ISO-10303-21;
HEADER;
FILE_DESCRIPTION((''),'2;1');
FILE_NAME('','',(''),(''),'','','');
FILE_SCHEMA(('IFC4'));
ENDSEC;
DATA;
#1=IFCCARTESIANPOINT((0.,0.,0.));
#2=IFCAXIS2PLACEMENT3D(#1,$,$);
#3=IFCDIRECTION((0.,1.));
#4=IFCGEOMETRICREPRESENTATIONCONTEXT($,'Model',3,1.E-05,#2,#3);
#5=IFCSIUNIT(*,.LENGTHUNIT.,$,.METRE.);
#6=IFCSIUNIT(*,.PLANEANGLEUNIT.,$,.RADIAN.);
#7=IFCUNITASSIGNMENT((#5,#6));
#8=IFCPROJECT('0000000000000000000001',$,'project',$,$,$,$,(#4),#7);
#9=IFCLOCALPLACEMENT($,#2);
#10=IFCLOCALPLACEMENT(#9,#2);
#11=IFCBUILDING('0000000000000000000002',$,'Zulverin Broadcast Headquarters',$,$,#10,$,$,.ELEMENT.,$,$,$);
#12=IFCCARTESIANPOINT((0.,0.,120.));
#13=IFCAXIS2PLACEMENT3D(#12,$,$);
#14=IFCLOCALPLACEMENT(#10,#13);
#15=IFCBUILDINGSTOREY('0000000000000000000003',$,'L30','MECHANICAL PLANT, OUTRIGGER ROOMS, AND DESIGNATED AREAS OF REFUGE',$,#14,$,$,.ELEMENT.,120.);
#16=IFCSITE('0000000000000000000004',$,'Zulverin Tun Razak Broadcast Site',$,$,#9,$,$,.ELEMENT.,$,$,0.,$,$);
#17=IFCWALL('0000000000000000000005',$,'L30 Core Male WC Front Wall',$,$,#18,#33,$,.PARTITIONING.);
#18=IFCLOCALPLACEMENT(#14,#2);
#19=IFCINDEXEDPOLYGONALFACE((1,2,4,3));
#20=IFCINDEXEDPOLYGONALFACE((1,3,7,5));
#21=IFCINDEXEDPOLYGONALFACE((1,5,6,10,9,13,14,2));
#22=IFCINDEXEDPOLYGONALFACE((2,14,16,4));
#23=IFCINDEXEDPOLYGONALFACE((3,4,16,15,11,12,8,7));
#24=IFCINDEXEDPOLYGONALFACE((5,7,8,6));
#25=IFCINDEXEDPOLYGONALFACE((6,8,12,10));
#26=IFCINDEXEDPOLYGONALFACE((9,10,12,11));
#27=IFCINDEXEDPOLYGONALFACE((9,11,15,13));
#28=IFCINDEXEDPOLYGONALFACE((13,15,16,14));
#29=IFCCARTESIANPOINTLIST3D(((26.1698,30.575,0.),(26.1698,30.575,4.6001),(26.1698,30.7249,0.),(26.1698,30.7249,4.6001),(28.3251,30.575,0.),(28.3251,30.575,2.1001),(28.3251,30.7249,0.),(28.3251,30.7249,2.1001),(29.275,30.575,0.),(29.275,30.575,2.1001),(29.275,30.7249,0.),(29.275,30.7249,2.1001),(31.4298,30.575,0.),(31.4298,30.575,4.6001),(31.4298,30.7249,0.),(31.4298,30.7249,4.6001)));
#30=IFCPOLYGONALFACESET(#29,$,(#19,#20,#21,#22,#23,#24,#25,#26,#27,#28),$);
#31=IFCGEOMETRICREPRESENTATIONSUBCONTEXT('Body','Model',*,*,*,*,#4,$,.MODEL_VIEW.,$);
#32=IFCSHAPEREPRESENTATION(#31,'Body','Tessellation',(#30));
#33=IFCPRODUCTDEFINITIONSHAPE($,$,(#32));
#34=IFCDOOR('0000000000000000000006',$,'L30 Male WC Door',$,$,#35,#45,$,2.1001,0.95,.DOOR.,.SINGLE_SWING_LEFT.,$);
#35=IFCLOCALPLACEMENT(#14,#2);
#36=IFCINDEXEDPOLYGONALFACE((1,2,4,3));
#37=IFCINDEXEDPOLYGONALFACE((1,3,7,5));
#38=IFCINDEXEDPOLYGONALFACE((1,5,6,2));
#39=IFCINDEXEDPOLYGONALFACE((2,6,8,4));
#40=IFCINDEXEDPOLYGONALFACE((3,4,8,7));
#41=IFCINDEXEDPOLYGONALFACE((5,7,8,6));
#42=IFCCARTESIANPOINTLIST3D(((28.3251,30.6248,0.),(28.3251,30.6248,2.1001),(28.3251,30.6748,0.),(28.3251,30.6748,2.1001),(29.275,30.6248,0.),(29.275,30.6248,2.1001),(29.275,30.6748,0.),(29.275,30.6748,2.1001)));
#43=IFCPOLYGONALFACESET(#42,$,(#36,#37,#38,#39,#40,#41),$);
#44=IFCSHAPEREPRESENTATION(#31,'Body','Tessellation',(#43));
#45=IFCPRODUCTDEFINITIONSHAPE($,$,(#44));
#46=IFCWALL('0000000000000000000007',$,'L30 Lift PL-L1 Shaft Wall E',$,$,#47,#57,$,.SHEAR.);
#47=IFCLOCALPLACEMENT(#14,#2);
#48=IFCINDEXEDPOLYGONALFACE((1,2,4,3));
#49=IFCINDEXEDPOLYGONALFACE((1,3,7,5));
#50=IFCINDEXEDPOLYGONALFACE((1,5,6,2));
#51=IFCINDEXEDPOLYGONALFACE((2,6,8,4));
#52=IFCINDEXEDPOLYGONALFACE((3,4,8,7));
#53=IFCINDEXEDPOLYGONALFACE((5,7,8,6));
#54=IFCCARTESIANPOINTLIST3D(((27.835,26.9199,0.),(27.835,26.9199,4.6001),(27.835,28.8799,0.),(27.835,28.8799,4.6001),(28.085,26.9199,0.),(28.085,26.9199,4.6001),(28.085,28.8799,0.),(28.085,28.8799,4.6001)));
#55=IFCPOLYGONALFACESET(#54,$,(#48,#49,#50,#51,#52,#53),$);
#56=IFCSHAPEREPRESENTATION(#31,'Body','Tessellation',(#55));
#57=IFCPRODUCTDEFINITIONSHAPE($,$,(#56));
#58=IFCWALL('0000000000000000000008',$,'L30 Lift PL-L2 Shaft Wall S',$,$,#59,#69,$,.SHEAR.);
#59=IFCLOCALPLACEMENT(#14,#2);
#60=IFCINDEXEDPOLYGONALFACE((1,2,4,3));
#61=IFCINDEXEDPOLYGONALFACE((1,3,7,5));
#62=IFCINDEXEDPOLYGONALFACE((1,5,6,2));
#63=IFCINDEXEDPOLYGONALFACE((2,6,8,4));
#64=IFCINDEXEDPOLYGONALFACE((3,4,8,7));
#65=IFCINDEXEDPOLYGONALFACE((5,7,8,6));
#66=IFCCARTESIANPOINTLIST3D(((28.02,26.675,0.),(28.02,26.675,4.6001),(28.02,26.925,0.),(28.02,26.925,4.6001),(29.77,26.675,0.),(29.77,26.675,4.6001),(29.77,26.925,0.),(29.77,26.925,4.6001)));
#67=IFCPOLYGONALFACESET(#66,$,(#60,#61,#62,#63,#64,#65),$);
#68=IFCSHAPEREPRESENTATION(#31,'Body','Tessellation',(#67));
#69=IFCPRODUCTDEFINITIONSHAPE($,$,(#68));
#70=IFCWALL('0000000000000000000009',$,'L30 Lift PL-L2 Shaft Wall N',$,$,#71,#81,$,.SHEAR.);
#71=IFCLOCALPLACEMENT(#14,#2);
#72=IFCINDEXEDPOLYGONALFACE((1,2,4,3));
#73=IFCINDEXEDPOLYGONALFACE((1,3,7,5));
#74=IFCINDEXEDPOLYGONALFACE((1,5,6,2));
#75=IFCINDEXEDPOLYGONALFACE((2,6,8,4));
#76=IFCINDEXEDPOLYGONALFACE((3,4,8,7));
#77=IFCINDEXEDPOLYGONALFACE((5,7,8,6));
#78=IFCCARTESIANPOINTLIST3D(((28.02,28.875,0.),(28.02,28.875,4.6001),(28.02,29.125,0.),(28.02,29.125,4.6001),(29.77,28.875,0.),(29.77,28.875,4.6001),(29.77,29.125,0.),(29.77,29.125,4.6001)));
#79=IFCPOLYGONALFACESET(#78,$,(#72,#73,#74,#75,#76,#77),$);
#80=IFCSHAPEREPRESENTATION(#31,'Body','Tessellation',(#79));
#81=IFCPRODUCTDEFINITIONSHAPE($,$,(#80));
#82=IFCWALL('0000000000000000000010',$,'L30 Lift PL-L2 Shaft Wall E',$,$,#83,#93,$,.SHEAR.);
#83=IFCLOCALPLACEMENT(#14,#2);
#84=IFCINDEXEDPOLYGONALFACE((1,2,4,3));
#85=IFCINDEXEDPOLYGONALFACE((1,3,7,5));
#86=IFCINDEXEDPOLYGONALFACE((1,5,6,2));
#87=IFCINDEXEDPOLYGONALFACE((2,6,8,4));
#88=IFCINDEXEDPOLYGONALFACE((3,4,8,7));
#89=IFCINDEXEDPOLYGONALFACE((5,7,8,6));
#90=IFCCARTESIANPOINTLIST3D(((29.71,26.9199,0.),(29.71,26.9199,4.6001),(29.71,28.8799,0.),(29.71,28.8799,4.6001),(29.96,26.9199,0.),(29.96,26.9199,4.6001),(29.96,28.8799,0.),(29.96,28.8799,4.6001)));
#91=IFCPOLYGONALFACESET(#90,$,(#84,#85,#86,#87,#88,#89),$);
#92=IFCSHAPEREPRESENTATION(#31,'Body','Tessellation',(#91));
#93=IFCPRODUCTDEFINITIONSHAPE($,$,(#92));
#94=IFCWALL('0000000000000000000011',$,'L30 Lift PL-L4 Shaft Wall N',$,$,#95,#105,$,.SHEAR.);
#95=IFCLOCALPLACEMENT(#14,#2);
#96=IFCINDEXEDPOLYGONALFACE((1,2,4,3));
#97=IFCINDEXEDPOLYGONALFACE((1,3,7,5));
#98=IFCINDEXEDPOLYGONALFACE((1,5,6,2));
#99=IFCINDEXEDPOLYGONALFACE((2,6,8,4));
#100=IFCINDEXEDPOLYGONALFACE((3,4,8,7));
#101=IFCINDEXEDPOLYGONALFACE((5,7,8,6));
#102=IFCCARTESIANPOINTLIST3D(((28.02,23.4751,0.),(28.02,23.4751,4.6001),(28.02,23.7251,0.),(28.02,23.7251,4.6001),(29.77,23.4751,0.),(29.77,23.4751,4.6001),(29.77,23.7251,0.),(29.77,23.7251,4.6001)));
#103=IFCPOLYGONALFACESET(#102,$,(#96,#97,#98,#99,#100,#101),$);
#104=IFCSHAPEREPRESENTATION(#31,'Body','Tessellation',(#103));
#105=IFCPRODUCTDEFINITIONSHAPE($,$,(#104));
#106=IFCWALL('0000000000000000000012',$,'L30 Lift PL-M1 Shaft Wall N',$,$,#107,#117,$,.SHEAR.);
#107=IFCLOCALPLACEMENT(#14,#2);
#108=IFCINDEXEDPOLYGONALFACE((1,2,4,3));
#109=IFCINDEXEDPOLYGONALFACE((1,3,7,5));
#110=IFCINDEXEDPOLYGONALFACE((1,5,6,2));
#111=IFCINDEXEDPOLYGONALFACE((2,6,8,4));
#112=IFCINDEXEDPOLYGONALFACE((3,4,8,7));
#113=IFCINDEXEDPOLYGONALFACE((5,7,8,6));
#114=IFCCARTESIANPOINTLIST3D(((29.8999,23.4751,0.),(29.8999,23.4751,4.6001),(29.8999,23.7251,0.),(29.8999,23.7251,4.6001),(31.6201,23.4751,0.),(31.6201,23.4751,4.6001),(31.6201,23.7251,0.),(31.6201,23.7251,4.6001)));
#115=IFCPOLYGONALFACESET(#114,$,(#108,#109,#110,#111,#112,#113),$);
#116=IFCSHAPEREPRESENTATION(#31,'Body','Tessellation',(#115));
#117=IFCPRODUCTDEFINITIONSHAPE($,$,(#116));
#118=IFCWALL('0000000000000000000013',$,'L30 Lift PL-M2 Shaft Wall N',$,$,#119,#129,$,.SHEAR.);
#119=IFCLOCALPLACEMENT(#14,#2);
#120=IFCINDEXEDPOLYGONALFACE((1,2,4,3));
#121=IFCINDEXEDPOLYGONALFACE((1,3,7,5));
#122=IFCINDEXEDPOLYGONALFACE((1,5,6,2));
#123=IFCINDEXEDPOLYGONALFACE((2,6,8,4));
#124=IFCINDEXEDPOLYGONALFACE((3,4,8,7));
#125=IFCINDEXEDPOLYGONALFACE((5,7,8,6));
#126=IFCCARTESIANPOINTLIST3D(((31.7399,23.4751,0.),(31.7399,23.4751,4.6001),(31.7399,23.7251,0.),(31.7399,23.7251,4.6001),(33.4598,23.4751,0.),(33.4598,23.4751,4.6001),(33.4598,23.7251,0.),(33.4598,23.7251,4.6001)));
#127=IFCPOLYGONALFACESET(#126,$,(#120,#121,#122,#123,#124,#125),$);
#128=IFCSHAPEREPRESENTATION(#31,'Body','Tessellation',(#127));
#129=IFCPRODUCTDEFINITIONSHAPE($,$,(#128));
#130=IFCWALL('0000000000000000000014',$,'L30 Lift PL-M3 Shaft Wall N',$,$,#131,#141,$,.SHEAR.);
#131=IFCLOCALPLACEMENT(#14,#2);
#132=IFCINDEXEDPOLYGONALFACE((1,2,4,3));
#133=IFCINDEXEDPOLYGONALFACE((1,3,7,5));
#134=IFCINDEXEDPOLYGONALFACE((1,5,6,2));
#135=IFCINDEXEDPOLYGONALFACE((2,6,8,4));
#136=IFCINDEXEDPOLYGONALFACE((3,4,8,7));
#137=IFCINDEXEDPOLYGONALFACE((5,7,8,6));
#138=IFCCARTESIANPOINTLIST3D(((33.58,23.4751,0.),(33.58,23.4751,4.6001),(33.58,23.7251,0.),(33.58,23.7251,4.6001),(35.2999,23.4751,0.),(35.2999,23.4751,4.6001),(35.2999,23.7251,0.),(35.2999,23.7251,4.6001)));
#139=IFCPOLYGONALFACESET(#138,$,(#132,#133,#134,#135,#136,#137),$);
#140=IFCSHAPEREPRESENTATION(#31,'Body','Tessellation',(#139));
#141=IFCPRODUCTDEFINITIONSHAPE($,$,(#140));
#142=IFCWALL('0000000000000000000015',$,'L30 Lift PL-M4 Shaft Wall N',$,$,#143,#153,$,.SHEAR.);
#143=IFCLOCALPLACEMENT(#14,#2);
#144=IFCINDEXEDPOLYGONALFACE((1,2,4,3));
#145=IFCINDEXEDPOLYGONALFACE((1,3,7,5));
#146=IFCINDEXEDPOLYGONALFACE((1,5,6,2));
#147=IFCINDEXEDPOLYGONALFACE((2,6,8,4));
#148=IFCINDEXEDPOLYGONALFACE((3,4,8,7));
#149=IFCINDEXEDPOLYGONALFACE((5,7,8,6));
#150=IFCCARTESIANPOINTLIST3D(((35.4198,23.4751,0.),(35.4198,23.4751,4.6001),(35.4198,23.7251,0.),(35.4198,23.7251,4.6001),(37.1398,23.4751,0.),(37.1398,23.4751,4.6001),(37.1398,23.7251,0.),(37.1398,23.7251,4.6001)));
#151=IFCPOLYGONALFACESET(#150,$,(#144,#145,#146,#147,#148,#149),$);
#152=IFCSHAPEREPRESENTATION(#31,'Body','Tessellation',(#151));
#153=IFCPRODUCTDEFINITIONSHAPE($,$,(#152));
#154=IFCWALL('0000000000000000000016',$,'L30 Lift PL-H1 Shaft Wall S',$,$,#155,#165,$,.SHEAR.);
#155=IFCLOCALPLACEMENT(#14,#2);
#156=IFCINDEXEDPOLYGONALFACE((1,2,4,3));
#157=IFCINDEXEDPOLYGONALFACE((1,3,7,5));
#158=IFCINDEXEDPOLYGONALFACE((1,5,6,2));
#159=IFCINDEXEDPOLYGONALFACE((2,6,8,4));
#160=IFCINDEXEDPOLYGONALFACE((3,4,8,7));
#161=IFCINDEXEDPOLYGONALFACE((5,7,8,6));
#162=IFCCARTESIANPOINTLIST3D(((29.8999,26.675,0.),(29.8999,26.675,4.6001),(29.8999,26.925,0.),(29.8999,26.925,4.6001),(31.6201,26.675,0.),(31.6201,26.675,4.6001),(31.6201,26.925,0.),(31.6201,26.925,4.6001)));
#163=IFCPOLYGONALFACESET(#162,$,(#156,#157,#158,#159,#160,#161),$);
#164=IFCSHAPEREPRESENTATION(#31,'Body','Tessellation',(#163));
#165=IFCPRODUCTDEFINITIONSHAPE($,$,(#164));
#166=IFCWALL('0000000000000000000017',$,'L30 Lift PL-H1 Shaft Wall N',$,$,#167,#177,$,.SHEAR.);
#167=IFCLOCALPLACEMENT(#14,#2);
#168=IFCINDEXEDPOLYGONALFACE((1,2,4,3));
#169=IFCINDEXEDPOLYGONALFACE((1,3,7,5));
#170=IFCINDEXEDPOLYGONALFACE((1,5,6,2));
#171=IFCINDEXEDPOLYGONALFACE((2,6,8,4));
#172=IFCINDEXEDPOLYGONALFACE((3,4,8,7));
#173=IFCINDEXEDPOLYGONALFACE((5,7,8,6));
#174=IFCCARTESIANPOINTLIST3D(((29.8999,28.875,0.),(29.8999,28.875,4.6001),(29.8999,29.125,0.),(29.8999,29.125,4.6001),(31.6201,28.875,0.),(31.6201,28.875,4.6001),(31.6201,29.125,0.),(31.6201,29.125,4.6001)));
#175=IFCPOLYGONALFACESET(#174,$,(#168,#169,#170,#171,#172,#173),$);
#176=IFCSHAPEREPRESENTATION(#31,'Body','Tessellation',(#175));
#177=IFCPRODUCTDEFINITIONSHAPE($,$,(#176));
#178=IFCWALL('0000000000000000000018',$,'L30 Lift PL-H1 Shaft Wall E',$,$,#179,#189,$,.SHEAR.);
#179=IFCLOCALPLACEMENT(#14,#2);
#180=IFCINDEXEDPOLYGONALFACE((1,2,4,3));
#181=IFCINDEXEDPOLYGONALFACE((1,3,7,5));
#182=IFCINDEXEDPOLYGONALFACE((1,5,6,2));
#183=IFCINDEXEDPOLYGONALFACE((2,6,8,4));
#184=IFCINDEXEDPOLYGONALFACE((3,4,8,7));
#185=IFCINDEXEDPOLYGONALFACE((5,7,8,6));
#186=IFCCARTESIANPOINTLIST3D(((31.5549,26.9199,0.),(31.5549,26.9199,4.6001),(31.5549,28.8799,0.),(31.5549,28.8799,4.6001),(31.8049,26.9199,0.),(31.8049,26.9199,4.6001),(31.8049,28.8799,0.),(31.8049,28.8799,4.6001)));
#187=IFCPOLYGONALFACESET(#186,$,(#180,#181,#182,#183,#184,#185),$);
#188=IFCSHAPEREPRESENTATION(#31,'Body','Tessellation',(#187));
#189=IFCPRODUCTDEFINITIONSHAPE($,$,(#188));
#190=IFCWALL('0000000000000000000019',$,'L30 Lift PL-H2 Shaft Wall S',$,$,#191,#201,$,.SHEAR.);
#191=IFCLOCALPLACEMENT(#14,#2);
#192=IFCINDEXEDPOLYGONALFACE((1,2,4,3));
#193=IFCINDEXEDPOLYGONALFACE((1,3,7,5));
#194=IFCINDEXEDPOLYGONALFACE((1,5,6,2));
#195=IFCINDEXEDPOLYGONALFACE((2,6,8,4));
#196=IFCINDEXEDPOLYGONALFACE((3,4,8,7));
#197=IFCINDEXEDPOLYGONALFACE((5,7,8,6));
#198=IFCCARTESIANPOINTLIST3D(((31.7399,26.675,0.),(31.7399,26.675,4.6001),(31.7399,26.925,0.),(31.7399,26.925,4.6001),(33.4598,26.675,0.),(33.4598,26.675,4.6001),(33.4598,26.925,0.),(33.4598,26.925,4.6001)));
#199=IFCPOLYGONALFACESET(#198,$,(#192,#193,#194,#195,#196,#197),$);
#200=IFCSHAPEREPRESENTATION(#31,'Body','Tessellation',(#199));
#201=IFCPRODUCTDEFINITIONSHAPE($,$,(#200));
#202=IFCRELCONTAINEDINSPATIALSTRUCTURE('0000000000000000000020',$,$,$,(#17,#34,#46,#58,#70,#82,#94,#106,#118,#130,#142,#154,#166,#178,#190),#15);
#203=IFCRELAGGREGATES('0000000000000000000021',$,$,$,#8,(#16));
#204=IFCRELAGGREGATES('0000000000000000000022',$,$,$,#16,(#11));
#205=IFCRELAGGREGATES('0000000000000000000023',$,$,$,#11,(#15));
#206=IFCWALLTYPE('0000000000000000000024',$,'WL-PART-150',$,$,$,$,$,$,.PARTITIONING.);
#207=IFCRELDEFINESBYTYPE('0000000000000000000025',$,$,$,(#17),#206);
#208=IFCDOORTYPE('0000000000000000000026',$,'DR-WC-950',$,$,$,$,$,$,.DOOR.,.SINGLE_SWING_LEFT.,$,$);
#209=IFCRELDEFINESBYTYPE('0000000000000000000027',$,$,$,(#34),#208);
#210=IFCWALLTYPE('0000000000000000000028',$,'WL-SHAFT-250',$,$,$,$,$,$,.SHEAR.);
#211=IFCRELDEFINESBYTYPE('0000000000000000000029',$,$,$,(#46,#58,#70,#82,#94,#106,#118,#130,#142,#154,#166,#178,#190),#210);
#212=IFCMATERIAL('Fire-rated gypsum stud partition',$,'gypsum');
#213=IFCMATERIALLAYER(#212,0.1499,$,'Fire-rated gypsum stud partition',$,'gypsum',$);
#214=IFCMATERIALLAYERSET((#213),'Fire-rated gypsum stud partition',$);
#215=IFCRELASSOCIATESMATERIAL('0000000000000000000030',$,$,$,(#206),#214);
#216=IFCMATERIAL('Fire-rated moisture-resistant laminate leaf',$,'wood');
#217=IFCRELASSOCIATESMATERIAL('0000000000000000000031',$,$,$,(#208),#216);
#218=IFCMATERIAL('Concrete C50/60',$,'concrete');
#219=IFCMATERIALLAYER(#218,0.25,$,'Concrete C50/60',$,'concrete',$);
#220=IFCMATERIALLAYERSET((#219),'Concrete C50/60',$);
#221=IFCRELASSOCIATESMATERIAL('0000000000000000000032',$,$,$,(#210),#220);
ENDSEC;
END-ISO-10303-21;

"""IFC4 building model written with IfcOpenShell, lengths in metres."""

from ifc_helpers import new_model, si_unit, direction, frame, frame_2d, origin, place, context, subcontext, project, spatial, rectangle, extrude, material, layer, layer_set, type_object, element, fill, save


model = new_model("IFC4")

# Units and contexts
model_context = context("Model", 3, precision=1e-05, world=origin(), true_north=direction((0.0, 1.0)))
body_context = subcontext(model_context, "Body", "Model", "MODEL_VIEW")
ifc_project = project(units=[si_unit("LENGTHUNIT", "METRE"), si_unit("PLANEANGLEUNIT", "RADIAN")], contexts=[model_context])

# Site, building, storey
site_placement = place(None, origin())
site = spatial("IfcSite", under=ifc_project, at=site_placement, Name="Zulverin Tun Razak Broadcast Site", CompositionType="ELEMENT", RefElevation=0.0)
building_placement = place(site_placement, origin())
building = spatial("IfcBuilding", under=site, at=building_placement, Name="Zulverin Broadcast Headquarters", CompositionType="ELEMENT")
storey_placement = place(building_placement, frame((0.0, 0.0, 120.0)))
storey = spatial("IfcBuildingStorey", under=building, at=storey_placement, Name="L30", Description="MECHANICAL PLANT, OUTRIGGER ROOMS, AND DESIGNATED AREAS OF REFUGE", CompositionType="ELEMENT", Elevation=120.0)

# Wall, opening, door
ifc_material_1 = material(Name="Fire-rated gypsum stud partition", Category="gypsum")
ifc_layer_1 = layer(ifc_material_1, 0.1499, Name="Fire-rated gypsum stud partition", Category="gypsum")
ifc_layer_set_1 = layer_set([ifc_layer_1], Name="Fire-rated gypsum stud partition")
wall_type_1 = type_object("IfcWallType", Name="WL-PART-150", PredefinedType="PARTITIONING", material=ifc_layer_set_1)
wall_1_placement = place(storey_placement, frame((26.1699, 30.6499, 0.0), z_axis=(0.0, 0.0, 1.0), x_axis=(1.0, 0.0, 0.0)))
wall_1 = element("IfcWall", 1, at=wall_1_placement, inside=storey, type_object=wall_type_1, Name="L30 Core Male WC Front Wall", PredefinedType="PARTITIONING", context=body_context, shape_type="SweptSolid", body=[
    extrude(rectangle(XDim=5.26, YDim=0.1499, at=frame_2d((2.6299, 0.0))), origin(), (0.0, 0.0, 1.0), 4.6001),
])
opening_placement = place(wall_1_placement, frame((2.155, 0.0, 0.0)))
opening = element("IfcOpeningElement", 2, at=opening_placement, cuts=wall_1, PredefinedType="OPENING", context=body_context, shape_type="SweptSolid", body=[
    extrude(rectangle(XDim=0.95, YDim=2.1001, at=frame_2d((0.4751, 1.05))), frame((0.0, 0.085, 0.0), z_axis=(0.0, -1.0, 0.0), x_axis=(1.0, 0.0, 0.0)), (0.0, 0.0, 1.0), 0.1699),
])
ifc_material_2 = material(Name="Fire-rated moisture-resistant laminate leaf", Category="wood")
door_type = type_object("IfcDoorType", Name="DR-WC-950", OperationType="SINGLE_SWING_LEFT", PredefinedType="DOOR", material=ifc_material_2)
door_placement = place(opening_placement, origin())
door = element("IfcDoor", 3, at=door_placement, inside=storey, type_object=door_type, Name="L30 Male WC Door", OperationType="SINGLE_SWING_LEFT", OverallHeight=2.1001, OverallWidth=0.95, PredefinedType="DOOR", context=body_context, shape_type="SweptSolid", body=[
    extrude(rectangle(XDim=0.95, YDim=2.1001, at=frame_2d((0.4751, 1.05))), frame((0.0, 0.0249, 0.0), z_axis=(0.0, -1.0, 0.0), x_axis=(1.0, 0.0, 0.0)), (0.0, 0.0, 1.0), 0.05),
])
fill(opening, door)

# Walls
ifc_material_3 = material(Name="Concrete C50/60", Category="concrete")
ifc_layer_2 = layer(ifc_material_3, 0.25, Name="Concrete C50/60", Category="concrete")
ifc_layer_set_2 = layer_set([ifc_layer_2], Name="Concrete C50/60")
wall_type_2 = type_object("IfcWallType", Name="WL-SHAFT-250", PredefinedType="SHEAR", material=ifc_layer_set_2)
wall_2_placement = place(storey_placement, frame((27.96, 26.9199, 0.0), z_axis=(0.0, 0.0, 1.0), x_axis=(0.0, 1.0, 0.0)))
element("IfcWall", 4, at=wall_2_placement, inside=storey, type_object=wall_type_2, Name="L30 Lift PL-L1 Shaft Wall E", PredefinedType="SHEAR", context=body_context, shape_type="SweptSolid", body=[
    extrude(rectangle(XDim=1.96, YDim=0.25, at=frame_2d((0.98, 0.0))), origin(), (0.0, 0.0, 1.0), 4.6001),
])
for number, where, z_axis, x_axis, name in (
    (5, (28.02, 26.8, 0.0), (0.0, 0.0, 1.0), (1.0, 0.0, 0.0), "L30 Lift PL-L2 Shaft Wall S"),
    (6, (28.02, 29.0, 0.0), (0.0, 0.0, 1.0), (1.0, 0.0, 0.0), "L30 Lift PL-L2 Shaft Wall N"),
):
    element("IfcWall", number, at=place(storey_placement, frame(where, z_axis=z_axis, x_axis=x_axis)), inside=storey, type_object=wall_type_2, Name=name, PredefinedType="SHEAR", context=body_context, shape_type="SweptSolid", body=[
        extrude(rectangle(XDim=1.75, YDim=0.25, at=frame_2d((0.875, 0.0))), origin(), (0.0, 0.0, 1.0), 4.6001),
    ])
wall_3_placement = place(storey_placement, frame((29.835, 26.9199, 0.0), z_axis=(0.0, 0.0, 1.0), x_axis=(0.0, 1.0, 0.0)))
element("IfcWall", 7, at=wall_3_placement, inside=storey, type_object=wall_type_2, Name="L30 Lift PL-L2 Shaft Wall E", PredefinedType="SHEAR", context=body_context, shape_type="SweptSolid", body=[
    extrude(rectangle(XDim=1.96, YDim=0.25, at=frame_2d((0.98, 0.0))), origin(), (0.0, 0.0, 1.0), 4.6001),
])
wall_4_placement = place(storey_placement, frame((28.02, 23.6001, 0.0), z_axis=(0.0, 0.0, 1.0), x_axis=(1.0, 0.0, 0.0)))
element("IfcWall", 8, at=wall_4_placement, inside=storey, type_object=wall_type_2, Name="L30 Lift PL-L4 Shaft Wall N", PredefinedType="SHEAR", context=body_context, shape_type="SweptSolid", body=[
    extrude(rectangle(XDim=1.75, YDim=0.25, at=frame_2d((0.875, 0.0))), origin(), (0.0, 0.0, 1.0), 4.6001),
])
wall_5_placement = place(storey_placement, frame((29.8999, 23.6001, 0.0), z_axis=(0.0, 0.0, 1.0), x_axis=(1.0, 0.0, 0.0)))
element("IfcWall", 9, at=wall_5_placement, inside=storey, type_object=wall_type_2, Name="L30 Lift PL-M1 Shaft Wall N", PredefinedType="SHEAR", context=body_context, shape_type="SweptSolid", body=[
    extrude(rectangle(XDim=1.7202, YDim=0.25, at=frame_2d((0.8601, 0.0))), origin(), (0.0, 0.0, 1.0), 4.6001),
])
for number, where, z_axis, x_axis, name in (
    (10, (31.74, 23.6001, 0.0), (0.0, 0.0, 1.0), (1.0, 0.0, 0.0), "L30 Lift PL-M2 Shaft Wall N"),
    (11, (33.5801, 23.6001, 0.0), (0.0, 0.0, 1.0), (1.0, 0.0, 0.0), "L30 Lift PL-M3 Shaft Wall N"),
    (12, (35.4199, 23.6001, 0.0), (0.0, 0.0, 1.0), (1.0, 0.0, 0.0), "L30 Lift PL-M4 Shaft Wall N"),
):
    element("IfcWall", number, at=place(storey_placement, frame(where, z_axis=z_axis, x_axis=x_axis)), inside=storey, type_object=wall_type_2, Name=name, PredefinedType="SHEAR", context=body_context, shape_type="SweptSolid", body=[
        extrude(rectangle(XDim=1.72, YDim=0.25, at=frame_2d((0.8599, 0.0))), origin(), (0.0, 0.0, 1.0), 4.6001),
    ])
for number, where, z_axis, x_axis, name in (
    (13, (29.8999, 26.8, 0.0), (0.0, 0.0, 1.0), (1.0, 0.0, 0.0), "L30 Lift PL-H1 Shaft Wall S"),
    (14, (29.8999, 29.0, 0.0), (0.0, 0.0, 1.0), (1.0, 0.0, 0.0), "L30 Lift PL-H1 Shaft Wall N"),
):
    element("IfcWall", number, at=place(storey_placement, frame(where, z_axis=z_axis, x_axis=x_axis)), inside=storey, type_object=wall_type_2, Name=name, PredefinedType="SHEAR", context=body_context, shape_type="SweptSolid", body=[
        extrude(rectangle(XDim=1.7202, YDim=0.25, at=frame_2d((0.8601, 0.0))), origin(), (0.0, 0.0, 1.0), 4.6001),
    ])
wall_6_placement = place(storey_placement, frame((31.6799, 26.9199, 0.0), z_axis=(0.0, 0.0, 1.0), x_axis=(0.0, 1.0, 0.0)))
element("IfcWall", 15, at=wall_6_placement, inside=storey, type_object=wall_type_2, Name="L30 Lift PL-H1 Shaft Wall E", PredefinedType="SHEAR", context=body_context, shape_type="SweptSolid", body=[
    extrude(rectangle(XDim=1.96, YDim=0.25, at=frame_2d((0.98, 0.0))), origin(), (0.0, 0.0, 1.0), 4.6001),
])
for number, where, z_axis, x_axis, name in (
    (16, (31.74, 26.8, 0.0), (0.0, 0.0, 1.0), (1.0, 0.0, 0.0), "L30 Lift PL-H2 Shaft Wall S"),
):
    element("IfcWall", number, at=place(storey_placement, frame(where, z_axis=z_axis, x_axis=x_axis)), inside=storey, type_object=wall_type_2, Name=name, PredefinedType="SHEAR", context=body_context, shape_type="SweptSolid", body=[
        extrude(rectangle(XDim=1.72, YDim=0.25, at=frame_2d((0.8599, 0.0))), origin(), (0.0, 0.0, 1.0), 4.6001),
    ])

save(model, "model.ifc")
